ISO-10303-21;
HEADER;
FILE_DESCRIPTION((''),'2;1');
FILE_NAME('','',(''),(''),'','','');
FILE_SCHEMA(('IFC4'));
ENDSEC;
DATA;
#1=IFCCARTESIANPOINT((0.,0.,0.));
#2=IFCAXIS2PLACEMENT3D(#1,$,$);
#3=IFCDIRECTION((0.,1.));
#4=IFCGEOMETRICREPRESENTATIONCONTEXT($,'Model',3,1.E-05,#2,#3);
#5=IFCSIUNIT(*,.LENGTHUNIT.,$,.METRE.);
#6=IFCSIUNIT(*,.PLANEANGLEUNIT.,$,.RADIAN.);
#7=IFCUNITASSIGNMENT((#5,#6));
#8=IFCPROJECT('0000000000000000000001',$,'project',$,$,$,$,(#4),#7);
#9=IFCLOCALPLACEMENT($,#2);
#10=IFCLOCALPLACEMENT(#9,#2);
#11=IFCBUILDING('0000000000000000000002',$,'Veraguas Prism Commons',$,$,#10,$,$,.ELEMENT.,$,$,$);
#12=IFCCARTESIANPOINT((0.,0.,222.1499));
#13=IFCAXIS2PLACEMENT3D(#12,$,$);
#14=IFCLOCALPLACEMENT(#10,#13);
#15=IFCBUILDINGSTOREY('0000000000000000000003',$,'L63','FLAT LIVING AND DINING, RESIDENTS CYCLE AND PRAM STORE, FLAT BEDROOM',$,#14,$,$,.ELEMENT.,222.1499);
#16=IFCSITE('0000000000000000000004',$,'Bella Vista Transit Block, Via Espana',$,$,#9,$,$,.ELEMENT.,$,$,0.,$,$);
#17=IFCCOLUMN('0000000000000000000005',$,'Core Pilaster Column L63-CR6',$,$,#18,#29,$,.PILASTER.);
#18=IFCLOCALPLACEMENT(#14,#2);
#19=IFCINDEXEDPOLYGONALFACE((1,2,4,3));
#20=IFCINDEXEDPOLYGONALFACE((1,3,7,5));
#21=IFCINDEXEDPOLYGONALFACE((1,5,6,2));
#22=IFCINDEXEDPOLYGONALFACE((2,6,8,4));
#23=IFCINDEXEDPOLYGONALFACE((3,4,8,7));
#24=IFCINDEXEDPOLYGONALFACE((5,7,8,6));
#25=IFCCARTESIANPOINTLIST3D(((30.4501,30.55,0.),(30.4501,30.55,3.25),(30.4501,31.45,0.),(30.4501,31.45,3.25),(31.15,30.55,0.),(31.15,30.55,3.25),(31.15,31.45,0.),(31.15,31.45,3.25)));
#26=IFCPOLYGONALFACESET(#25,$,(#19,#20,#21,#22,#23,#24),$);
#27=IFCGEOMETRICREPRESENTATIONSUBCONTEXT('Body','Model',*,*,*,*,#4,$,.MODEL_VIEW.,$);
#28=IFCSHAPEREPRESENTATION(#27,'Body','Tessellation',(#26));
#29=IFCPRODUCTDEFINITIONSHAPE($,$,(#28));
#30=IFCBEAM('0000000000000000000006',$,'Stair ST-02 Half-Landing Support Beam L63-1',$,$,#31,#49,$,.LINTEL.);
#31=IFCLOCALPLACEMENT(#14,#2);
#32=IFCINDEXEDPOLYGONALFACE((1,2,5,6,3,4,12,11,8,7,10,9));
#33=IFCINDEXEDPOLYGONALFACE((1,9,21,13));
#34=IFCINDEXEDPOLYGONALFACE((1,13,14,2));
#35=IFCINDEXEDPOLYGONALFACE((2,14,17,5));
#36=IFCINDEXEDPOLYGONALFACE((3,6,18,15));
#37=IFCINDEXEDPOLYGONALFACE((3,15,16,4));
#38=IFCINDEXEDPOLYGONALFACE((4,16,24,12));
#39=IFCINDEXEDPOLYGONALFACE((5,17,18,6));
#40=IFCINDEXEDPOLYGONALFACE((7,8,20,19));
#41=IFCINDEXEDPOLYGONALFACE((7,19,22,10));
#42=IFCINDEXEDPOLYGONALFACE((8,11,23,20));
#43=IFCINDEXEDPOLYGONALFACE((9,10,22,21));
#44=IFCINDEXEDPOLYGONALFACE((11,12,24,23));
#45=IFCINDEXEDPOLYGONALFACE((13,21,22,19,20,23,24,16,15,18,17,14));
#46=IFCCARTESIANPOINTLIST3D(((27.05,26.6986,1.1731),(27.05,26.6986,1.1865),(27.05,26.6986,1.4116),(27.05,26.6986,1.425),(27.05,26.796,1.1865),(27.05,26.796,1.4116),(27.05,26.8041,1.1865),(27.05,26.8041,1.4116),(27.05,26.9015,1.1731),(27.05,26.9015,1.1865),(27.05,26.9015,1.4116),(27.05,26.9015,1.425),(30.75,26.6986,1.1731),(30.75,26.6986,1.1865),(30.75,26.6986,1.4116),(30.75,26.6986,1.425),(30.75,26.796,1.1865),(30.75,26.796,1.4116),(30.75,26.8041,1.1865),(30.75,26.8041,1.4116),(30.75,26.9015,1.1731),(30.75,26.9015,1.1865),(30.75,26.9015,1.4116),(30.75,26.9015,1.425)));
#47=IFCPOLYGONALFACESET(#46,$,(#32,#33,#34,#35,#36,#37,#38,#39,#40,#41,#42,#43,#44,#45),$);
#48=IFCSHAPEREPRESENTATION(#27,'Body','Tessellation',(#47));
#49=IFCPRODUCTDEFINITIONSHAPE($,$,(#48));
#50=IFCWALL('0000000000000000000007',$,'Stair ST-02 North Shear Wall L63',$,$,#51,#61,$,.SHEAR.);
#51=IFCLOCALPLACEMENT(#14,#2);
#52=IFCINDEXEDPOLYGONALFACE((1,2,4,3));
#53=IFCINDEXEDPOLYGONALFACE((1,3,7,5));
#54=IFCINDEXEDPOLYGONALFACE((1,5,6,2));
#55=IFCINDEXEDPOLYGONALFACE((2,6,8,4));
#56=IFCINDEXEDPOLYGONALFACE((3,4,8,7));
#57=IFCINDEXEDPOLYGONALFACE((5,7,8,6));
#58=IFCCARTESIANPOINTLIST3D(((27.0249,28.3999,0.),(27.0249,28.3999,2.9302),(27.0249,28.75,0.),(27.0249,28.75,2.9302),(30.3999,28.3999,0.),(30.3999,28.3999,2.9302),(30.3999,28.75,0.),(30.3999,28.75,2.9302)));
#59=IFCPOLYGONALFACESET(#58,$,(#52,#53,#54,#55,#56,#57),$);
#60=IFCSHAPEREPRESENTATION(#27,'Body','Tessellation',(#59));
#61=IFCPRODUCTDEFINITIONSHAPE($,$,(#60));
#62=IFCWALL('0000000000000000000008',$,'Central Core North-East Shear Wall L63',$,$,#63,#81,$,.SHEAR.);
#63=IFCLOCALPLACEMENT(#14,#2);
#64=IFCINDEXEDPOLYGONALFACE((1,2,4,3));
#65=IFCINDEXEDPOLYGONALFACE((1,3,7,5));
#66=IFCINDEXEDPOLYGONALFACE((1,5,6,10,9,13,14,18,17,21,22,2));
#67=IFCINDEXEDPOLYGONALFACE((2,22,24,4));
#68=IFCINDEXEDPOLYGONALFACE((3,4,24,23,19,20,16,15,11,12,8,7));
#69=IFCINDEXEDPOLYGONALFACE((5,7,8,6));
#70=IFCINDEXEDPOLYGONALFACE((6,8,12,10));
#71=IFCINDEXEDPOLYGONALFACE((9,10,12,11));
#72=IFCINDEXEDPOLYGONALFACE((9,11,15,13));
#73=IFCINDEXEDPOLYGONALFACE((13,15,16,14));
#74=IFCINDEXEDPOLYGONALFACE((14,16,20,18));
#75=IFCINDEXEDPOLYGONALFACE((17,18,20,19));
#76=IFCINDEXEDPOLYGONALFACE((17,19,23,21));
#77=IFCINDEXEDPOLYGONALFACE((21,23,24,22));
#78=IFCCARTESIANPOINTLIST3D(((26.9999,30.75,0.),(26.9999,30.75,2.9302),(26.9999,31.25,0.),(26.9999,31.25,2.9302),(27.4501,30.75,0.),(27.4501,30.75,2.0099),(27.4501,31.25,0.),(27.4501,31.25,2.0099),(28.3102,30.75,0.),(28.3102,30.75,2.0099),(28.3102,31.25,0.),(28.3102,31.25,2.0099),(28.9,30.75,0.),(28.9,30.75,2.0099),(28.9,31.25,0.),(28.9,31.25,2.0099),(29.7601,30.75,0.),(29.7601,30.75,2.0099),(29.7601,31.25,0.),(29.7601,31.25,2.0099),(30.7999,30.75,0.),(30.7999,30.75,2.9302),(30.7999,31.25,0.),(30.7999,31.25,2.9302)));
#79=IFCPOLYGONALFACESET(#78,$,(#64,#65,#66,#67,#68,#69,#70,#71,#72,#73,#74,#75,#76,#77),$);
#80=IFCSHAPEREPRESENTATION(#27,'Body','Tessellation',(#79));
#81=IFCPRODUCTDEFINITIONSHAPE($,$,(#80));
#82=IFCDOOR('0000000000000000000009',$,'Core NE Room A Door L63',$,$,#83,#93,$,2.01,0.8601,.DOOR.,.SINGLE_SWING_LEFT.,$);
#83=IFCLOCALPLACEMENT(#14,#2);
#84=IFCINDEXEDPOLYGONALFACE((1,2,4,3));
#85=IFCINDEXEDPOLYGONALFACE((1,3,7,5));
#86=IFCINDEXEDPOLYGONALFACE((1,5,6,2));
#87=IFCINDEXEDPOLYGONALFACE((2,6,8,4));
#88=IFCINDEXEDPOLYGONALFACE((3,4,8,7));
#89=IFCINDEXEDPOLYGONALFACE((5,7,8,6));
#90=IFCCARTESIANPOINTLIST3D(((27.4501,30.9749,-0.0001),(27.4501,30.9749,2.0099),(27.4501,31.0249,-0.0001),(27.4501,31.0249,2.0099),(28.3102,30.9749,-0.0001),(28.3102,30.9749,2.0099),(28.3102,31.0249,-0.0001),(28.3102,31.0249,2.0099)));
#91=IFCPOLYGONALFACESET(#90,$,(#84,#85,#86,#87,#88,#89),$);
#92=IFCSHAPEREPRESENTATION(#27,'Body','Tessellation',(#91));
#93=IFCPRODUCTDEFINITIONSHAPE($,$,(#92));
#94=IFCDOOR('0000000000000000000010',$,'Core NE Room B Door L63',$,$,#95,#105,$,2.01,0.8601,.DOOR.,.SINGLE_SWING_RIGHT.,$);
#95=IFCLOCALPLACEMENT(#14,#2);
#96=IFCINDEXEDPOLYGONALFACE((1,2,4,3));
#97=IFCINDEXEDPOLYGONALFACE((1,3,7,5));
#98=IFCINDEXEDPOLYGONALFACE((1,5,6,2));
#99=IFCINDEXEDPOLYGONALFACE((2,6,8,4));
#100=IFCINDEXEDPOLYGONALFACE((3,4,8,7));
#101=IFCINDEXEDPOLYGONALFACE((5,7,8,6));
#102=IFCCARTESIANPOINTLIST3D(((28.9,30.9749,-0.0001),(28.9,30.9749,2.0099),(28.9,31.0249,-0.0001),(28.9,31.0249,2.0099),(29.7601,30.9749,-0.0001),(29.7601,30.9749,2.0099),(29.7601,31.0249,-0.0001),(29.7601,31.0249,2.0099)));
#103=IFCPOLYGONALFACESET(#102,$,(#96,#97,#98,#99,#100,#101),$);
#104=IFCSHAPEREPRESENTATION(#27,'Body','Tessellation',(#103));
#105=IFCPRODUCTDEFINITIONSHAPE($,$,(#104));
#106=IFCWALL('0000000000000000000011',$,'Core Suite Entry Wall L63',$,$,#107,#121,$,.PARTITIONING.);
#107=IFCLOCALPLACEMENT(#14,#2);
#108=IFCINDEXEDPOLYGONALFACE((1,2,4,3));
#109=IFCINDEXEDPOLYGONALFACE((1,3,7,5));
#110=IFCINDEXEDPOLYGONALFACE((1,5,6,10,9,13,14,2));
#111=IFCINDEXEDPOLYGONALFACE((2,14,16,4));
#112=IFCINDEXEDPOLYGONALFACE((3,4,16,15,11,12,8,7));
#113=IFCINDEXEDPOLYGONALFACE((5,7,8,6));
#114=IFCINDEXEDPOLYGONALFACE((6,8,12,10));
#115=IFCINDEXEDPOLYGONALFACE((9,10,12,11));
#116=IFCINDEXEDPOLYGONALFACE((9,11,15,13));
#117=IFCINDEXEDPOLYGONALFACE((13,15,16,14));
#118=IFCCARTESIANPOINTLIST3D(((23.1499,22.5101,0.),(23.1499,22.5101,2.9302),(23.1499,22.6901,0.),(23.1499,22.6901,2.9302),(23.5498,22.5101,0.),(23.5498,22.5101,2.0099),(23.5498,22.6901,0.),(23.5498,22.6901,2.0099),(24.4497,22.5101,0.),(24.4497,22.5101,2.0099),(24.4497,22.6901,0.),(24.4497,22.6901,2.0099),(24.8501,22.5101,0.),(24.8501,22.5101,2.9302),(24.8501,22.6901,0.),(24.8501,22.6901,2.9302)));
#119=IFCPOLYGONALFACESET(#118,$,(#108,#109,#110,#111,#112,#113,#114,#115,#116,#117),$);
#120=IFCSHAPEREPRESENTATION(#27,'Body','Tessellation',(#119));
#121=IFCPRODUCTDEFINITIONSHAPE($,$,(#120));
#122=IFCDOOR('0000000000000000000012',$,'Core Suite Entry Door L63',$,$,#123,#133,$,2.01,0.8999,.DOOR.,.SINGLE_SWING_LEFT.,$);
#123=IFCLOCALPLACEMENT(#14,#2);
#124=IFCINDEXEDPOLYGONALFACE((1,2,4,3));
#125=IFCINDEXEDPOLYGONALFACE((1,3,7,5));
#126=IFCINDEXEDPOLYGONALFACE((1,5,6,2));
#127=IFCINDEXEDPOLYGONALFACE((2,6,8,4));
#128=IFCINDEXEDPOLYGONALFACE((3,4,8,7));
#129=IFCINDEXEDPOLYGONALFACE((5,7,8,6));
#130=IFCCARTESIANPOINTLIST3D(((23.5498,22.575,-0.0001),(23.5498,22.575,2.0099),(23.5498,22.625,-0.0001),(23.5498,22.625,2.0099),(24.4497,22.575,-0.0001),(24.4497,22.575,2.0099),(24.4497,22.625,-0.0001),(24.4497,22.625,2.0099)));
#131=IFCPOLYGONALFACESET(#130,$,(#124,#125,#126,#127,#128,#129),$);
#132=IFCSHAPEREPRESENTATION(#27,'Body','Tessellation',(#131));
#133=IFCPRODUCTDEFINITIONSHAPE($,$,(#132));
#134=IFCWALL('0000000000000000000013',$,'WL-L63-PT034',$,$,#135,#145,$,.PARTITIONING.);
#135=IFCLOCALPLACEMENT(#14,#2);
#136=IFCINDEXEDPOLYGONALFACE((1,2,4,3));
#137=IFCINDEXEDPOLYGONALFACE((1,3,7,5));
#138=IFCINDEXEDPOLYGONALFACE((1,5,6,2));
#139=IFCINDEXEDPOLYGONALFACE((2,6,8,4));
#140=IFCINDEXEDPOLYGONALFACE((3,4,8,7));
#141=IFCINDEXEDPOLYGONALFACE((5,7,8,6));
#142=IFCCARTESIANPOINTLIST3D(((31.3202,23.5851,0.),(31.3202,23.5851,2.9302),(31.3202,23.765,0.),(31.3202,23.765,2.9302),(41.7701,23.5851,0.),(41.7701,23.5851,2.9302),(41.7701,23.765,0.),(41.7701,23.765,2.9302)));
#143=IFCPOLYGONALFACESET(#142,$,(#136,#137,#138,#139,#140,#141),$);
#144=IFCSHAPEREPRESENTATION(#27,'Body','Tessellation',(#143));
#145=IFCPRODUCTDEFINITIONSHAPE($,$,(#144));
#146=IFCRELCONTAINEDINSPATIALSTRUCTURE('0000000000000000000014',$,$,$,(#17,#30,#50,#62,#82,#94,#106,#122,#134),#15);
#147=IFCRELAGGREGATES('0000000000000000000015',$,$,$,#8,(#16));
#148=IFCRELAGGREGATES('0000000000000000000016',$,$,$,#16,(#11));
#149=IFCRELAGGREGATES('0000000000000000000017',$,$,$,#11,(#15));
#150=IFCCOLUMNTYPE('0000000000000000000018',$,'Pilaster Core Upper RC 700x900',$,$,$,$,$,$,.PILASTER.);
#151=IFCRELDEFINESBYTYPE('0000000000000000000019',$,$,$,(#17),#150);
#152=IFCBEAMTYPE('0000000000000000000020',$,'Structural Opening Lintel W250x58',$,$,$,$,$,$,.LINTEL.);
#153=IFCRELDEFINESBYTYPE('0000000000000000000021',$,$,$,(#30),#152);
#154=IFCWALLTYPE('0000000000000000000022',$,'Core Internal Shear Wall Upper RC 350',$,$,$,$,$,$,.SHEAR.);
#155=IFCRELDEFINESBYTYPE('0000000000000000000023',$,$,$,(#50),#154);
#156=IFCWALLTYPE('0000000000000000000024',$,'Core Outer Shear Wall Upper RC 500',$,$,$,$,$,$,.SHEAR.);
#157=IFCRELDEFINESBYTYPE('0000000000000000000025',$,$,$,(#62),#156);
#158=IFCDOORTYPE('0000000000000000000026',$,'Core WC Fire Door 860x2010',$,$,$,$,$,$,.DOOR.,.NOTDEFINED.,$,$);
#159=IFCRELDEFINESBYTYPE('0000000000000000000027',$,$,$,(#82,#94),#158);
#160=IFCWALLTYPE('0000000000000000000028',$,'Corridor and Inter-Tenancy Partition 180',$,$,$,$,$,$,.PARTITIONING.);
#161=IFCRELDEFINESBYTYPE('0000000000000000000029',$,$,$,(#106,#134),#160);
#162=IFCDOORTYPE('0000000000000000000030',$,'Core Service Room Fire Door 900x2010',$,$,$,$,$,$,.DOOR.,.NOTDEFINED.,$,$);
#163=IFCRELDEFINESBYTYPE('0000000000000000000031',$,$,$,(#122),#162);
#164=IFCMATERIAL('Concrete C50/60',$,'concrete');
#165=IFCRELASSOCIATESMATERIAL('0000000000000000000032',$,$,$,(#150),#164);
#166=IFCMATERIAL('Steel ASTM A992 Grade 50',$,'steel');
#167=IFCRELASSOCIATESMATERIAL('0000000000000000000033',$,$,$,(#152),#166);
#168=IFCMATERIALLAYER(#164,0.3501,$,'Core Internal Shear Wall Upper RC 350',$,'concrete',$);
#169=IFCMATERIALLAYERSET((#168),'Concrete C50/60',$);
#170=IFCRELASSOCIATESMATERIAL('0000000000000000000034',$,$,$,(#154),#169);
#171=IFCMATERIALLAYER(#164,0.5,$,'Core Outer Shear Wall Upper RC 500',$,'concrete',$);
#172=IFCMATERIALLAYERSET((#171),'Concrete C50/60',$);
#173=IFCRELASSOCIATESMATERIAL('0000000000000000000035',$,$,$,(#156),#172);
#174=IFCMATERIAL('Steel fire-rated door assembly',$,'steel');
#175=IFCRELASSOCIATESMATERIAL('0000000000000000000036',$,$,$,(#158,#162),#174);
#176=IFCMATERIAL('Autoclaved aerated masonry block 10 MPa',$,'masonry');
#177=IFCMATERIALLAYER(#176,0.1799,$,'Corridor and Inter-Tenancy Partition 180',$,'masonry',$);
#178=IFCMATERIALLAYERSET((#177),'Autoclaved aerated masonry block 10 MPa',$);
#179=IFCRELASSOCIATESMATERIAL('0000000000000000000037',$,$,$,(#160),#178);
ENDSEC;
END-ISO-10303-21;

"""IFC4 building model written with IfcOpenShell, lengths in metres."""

from ifc_helpers import new_model, si_unit, direction, frame, frame_2d, origin, origin_2d, place, context, subcontext, project, spatial, rectangle, i_section, extrude, source, transform, mapped, material, layer, layer_set, material_profile, profile_set, type_object, element, fill, save


model = new_model("IFC4")

# Units and contexts
model_context = context("Model", 3, precision=1e-05, world=origin(), true_north=direction((0.0, 1.0)))
body_context = subcontext(model_context, "Body", "Model", "MODEL_VIEW")
ifc_project = project(units=[si_unit("LENGTHUNIT", "METRE"), si_unit("PLANEANGLEUNIT", "RADIAN")], contexts=[model_context])

# Site, building, storey
site_placement = place(None, origin())
site = spatial("IfcSite", under=ifc_project, at=site_placement, Name="Bella Vista Transit Block, Via Espana", CompositionType="ELEMENT", RefElevation=0.0)
building_placement = place(site_placement, origin())
building = spatial("IfcBuilding", under=site, at=building_placement, Name="Veraguas Prism Commons", CompositionType="ELEMENT")
storey_placement = place(building_placement, frame((0.0, 0.0, 222.1499)))
storey = spatial("IfcBuildingStorey", under=building, at=storey_placement, Name="L63", Description="FLAT LIVING AND DINING, RESIDENTS CYCLE AND PRAM STORE, FLAT BEDROOM", CompositionType="ELEMENT", Elevation=222.1499)

# Column
ifc_material_1 = material(Name="Concrete C50/60", Category="concrete")
ifc_material_profile_1 = material_profile(ifc_material_1, rectangle(XDim=0.7, YDim=0.8999, at=origin_2d()), Name="RC700X900")
ifc_profile_set_1 = profile_set([ifc_material_profile_1], Name="Concrete C50/60")
column_type = type_object("IfcColumnType", Name="Pilaster Core Upper RC 700x900", PredefinedType="PILASTER", material=ifc_profile_set_1)
column_placement = place(storey_placement, frame((30.8, 31.0, 0.0), z_axis=(0.0, 0.0, 1.0), x_axis=(1.0, 0.0, 0.0)))
element("IfcColumn", 1, at=column_placement, inside=storey, type_object=column_type, Name="Core Pilaster Column L63-CR6", PredefinedType="PILASTER", context=body_context, shape_type="SweptSolid", body=[
    extrude(rectangle(XDim=0.7, YDim=0.8999, at=origin_2d()), origin(), (0.0, 0.0, 1.0), 3.25),
])

# Beam
ifc_material_2 = material(Name="Steel ASTM A992 Grade 50", Category="steel")
ifc_material_profile_2 = material_profile(ifc_material_2, i_section(OverallWidth=0.2029, OverallDepth=0.252, WebThickness=0.0081, FlangeThickness=0.0134, at=origin_2d()), Name="W250X58")
ifc_profile_set_2 = profile_set([ifc_material_profile_2], Name="Steel ASTM A992 Grade 50")
beam_type = type_object("IfcBeamType", Name="Structural Opening Lintel W250x58", PredefinedType="LINTEL", material=ifc_profile_set_2)
beam_placement = place(storey_placement, frame((27.05, 26.8, 1.2991), z_axis=(1.0, 0.0, 0.0), x_axis=(0.0, 1.0, 0.0)))
element("IfcBeam", 2, at=beam_placement, inside=storey, type_object=beam_type, Name="Stair ST-02 Half-Landing Support Beam L63-1", PredefinedType="LINTEL", context=body_context, shape_type="SweptSolid", body=[
    extrude(i_section(OverallWidth=0.2029, OverallDepth=0.252, WebThickness=0.0081, FlangeThickness=0.0134, at=origin_2d()), origin(), (0.0, 0.0, 1.0), 3.7),
])

# Wall
ifc_layer_1 = layer(ifc_material_1, 0.3501, Name="Core Internal Shear Wall Upper RC 350", Category="concrete")
ifc_layer_set_1 = layer_set([ifc_layer_1], Name="Concrete C50/60")
wall_type_1 = type_object("IfcWallType", Name="Core Internal Shear Wall Upper RC 350", PredefinedType="SHEAR", material=ifc_layer_set_1)
wall_1_placement = place(storey_placement, frame((27.0249, 28.575, 0.0), z_axis=(0.0, 0.0, 1.0), x_axis=(1.0, 0.0, 0.0)))
element("IfcWall", 3, at=wall_1_placement, inside=storey, type_object=wall_type_1, Name="Stair ST-02 North Shear Wall L63", PredefinedType="SHEAR", context=body_context, shape_type="SweptSolid", body=[
    extrude(rectangle(XDim=3.375, YDim=0.3501, at=frame_2d((1.6875, 0.0))), origin(), (0.0, 0.0, 1.0), 2.9302),
])

# Wall, openings, doors
ifc_layer_2 = layer(ifc_material_1, 0.5, Name="Core Outer Shear Wall Upper RC 500", Category="concrete")
ifc_layer_set_2 = layer_set([ifc_layer_2], Name="Concrete C50/60")
wall_type_2 = type_object("IfcWallType", Name="Core Outer Shear Wall Upper RC 500", PredefinedType="SHEAR", material=ifc_layer_set_2)
wall_2_placement = place(storey_placement, frame((27.0, 31.0, 0.0), z_axis=(0.0, 0.0, 1.0), x_axis=(1.0, 0.0, 0.0)))
wall_2 = element("IfcWall", 4, at=wall_2_placement, inside=storey, type_object=wall_type_2, Name="Central Core North-East Shear Wall L63", PredefinedType="SHEAR", context=body_context, shape_type="SweptSolid", body=[
    extrude(rectangle(XDim=3.8, YDim=0.5, at=frame_2d((1.8999, 0.0))), origin(), (0.0, 0.0, 1.0), 2.9302),
])
opening_1_placement = place(wall_2_placement, frame((0.45, 0.0, 0.0)))
opening_1 = element("IfcOpeningElement", 5, at=opening_1_placement, cuts=wall_2, PredefinedType="OPENING", context=body_context, shape_type="SweptSolid", body=[
    extrude(rectangle(XDim=0.8601, YDim=2.01, at=frame_2d((0.4302, 1.0049))), frame((0.0, 0.26, 0.0), z_axis=(0.0, -1.0, 0.0), x_axis=(1.0, 0.0, 0.0)), (0.0, 0.0, 1.0), 0.52),
])
opening_2_placement = place(wall_2_placement, frame((1.8999, 0.0, 0.0)))
opening_2 = element("IfcOpeningElement", 6, at=opening_2_placement, cuts=wall_2, PredefinedType="OPENING", context=body_context, shape_type="SweptSolid", body=[
    extrude(rectangle(XDim=0.8601, YDim=2.01, at=frame_2d((0.4302, 1.0049))), frame((0.0, 0.26, 0.0), z_axis=(0.0, -1.0, 0.0), x_axis=(1.0, 0.0, 0.0)), (0.0, 0.0, 1.0), 0.52),
])
ifc_material_3 = material(Name="Steel fire-rated door assembly", Category="steel")
door_type_1 = type_object("IfcDoorType", Name="Core WC Fire Door 860x2010", OperationType="NOTDEFINED", PredefinedType="DOOR", material=ifc_material_3)
shared_shape_1 = source(origin(), body_context, "Body", "SweptSolid", [
    extrude(rectangle(XDim=0.8601, YDim=2.01, at=frame_2d((0.4302, 1.0049))), frame((0.0, 0.0249, 0.0), z_axis=(0.0, -1.0, 0.0), x_axis=(1.0, 0.0, 0.0)), (0.0, 0.0, 1.0), 0.05),
])
door_1_placement = place(opening_1_placement, origin())
door_1 = element("IfcDoor", 7, at=door_1_placement, inside=storey, type_object=door_type_1, Name="Core NE Room A Door L63", OperationType="SINGLE_SWING_LEFT", OverallHeight=2.01, OverallWidth=0.8601, PredefinedType="DOOR", context=body_context, shape_type="MappedRepresentation", body=[
    mapped(shared_shape_1, transform((0.0, 0.0, 0.0), scale=1.0)),
])
fill(opening_1, door_1)
door_2_placement = place(opening_2_placement, origin())
door_2 = element("IfcDoor", 8, at=door_2_placement, inside=storey, type_object=door_type_1, Name="Core NE Room B Door L63", OperationType="SINGLE_SWING_RIGHT", OverallHeight=2.01, OverallWidth=0.8601, PredefinedType="DOOR", context=body_context, shape_type="MappedRepresentation", body=[
    mapped(shared_shape_1, transform((0.0, 0.0, 0.0), scale=1.0)),
])
fill(opening_2, door_2)

# Wall, opening, door
ifc_material_4 = material(Name="Autoclaved aerated masonry block 10 MPa", Category="masonry")
ifc_layer_3 = layer(ifc_material_4, 0.1799, Name="Corridor and Inter-Tenancy Partition 180", Category="masonry")
ifc_layer_set_3 = layer_set([ifc_layer_3], Name="Autoclaved aerated masonry block 10 MPa")
wall_type_3 = type_object("IfcWallType", Name="Corridor and Inter-Tenancy Partition 180", PredefinedType="PARTITIONING", material=ifc_layer_set_3)
wall_3_placement = place(storey_placement, frame((23.1499, 22.6001, 0.0), z_axis=(0.0, 0.0, 1.0), x_axis=(1.0, 0.0, 0.0)))
wall_3 = element("IfcWall", 9, at=wall_3_placement, inside=storey, type_object=wall_type_3, Name="Core Suite Entry Wall L63", PredefinedType="PARTITIONING", context=body_context, shape_type="SweptSolid", body=[
    extrude(rectangle(XDim=1.7002, YDim=0.1799, at=frame_2d((0.8501, 0.0))), origin(), (0.0, 0.0, 1.0), 2.9302),
])
opening_3_placement = place(wall_3_placement, frame((0.3999, 0.0, 0.0)))
opening_3 = element("IfcOpeningElement", 10, at=opening_3_placement, cuts=wall_3, PredefinedType="OPENING", context=body_context, shape_type="SweptSolid", body=[
    extrude(rectangle(XDim=0.8999, YDim=2.01, at=frame_2d((0.45, 1.0049))), frame((0.0, 0.0999, 0.0), z_axis=(0.0, -1.0, 0.0), x_axis=(1.0, 0.0, 0.0)), (0.0, 0.0, 1.0), 0.2),
])
door_type_2 = type_object("IfcDoorType", Name="Core Service Room Fire Door 900x2010", OperationType="NOTDEFINED", PredefinedType="DOOR", material=ifc_material_3)
shared_shape_2 = source(origin(), body_context, "Body", "SweptSolid", [
    extrude(rectangle(XDim=0.8999, YDim=2.01, at=frame_2d((0.45, 1.0049))), frame((0.0, 0.0249, 0.0), z_axis=(0.0, -1.0, 0.0), x_axis=(1.0, 0.0, 0.0)), (0.0, 0.0, 1.0), 0.05),
])
door_3_placement = place(opening_3_placement, origin())
door_3 = element("IfcDoor", 11, at=door_3_placement, inside=storey, type_object=door_type_2, Name="Core Suite Entry Door L63", OperationType="SINGLE_SWING_LEFT", OverallHeight=2.01, OverallWidth=0.8999, PredefinedType="DOOR", context=body_context, shape_type="MappedRepresentation", body=[
    mapped(shared_shape_2, transform((0.0, 0.0, 0.0), scale=1.0)),
])
fill(opening_3, door_3)

# Wall
wall_4_placement = place(storey_placement, frame((31.3201, 23.675, 0.0), z_axis=(0.0, 0.0, 1.0), x_axis=(1.0, 0.0, 0.0)))
element("IfcWall", 12, at=wall_4_placement, inside=storey, type_object=wall_type_3, Name="WL-L63-PT034", PredefinedType="PARTITIONING", context=body_context, shape_type="SweptSolid", body=[
    extrude(rectangle(XDim=10.45, YDim=0.1799, at=frame_2d((5.2251, 0.0))), origin(), (0.0, 0.0, 1.0), 2.9302),
])

save(model, "model.ifc")
